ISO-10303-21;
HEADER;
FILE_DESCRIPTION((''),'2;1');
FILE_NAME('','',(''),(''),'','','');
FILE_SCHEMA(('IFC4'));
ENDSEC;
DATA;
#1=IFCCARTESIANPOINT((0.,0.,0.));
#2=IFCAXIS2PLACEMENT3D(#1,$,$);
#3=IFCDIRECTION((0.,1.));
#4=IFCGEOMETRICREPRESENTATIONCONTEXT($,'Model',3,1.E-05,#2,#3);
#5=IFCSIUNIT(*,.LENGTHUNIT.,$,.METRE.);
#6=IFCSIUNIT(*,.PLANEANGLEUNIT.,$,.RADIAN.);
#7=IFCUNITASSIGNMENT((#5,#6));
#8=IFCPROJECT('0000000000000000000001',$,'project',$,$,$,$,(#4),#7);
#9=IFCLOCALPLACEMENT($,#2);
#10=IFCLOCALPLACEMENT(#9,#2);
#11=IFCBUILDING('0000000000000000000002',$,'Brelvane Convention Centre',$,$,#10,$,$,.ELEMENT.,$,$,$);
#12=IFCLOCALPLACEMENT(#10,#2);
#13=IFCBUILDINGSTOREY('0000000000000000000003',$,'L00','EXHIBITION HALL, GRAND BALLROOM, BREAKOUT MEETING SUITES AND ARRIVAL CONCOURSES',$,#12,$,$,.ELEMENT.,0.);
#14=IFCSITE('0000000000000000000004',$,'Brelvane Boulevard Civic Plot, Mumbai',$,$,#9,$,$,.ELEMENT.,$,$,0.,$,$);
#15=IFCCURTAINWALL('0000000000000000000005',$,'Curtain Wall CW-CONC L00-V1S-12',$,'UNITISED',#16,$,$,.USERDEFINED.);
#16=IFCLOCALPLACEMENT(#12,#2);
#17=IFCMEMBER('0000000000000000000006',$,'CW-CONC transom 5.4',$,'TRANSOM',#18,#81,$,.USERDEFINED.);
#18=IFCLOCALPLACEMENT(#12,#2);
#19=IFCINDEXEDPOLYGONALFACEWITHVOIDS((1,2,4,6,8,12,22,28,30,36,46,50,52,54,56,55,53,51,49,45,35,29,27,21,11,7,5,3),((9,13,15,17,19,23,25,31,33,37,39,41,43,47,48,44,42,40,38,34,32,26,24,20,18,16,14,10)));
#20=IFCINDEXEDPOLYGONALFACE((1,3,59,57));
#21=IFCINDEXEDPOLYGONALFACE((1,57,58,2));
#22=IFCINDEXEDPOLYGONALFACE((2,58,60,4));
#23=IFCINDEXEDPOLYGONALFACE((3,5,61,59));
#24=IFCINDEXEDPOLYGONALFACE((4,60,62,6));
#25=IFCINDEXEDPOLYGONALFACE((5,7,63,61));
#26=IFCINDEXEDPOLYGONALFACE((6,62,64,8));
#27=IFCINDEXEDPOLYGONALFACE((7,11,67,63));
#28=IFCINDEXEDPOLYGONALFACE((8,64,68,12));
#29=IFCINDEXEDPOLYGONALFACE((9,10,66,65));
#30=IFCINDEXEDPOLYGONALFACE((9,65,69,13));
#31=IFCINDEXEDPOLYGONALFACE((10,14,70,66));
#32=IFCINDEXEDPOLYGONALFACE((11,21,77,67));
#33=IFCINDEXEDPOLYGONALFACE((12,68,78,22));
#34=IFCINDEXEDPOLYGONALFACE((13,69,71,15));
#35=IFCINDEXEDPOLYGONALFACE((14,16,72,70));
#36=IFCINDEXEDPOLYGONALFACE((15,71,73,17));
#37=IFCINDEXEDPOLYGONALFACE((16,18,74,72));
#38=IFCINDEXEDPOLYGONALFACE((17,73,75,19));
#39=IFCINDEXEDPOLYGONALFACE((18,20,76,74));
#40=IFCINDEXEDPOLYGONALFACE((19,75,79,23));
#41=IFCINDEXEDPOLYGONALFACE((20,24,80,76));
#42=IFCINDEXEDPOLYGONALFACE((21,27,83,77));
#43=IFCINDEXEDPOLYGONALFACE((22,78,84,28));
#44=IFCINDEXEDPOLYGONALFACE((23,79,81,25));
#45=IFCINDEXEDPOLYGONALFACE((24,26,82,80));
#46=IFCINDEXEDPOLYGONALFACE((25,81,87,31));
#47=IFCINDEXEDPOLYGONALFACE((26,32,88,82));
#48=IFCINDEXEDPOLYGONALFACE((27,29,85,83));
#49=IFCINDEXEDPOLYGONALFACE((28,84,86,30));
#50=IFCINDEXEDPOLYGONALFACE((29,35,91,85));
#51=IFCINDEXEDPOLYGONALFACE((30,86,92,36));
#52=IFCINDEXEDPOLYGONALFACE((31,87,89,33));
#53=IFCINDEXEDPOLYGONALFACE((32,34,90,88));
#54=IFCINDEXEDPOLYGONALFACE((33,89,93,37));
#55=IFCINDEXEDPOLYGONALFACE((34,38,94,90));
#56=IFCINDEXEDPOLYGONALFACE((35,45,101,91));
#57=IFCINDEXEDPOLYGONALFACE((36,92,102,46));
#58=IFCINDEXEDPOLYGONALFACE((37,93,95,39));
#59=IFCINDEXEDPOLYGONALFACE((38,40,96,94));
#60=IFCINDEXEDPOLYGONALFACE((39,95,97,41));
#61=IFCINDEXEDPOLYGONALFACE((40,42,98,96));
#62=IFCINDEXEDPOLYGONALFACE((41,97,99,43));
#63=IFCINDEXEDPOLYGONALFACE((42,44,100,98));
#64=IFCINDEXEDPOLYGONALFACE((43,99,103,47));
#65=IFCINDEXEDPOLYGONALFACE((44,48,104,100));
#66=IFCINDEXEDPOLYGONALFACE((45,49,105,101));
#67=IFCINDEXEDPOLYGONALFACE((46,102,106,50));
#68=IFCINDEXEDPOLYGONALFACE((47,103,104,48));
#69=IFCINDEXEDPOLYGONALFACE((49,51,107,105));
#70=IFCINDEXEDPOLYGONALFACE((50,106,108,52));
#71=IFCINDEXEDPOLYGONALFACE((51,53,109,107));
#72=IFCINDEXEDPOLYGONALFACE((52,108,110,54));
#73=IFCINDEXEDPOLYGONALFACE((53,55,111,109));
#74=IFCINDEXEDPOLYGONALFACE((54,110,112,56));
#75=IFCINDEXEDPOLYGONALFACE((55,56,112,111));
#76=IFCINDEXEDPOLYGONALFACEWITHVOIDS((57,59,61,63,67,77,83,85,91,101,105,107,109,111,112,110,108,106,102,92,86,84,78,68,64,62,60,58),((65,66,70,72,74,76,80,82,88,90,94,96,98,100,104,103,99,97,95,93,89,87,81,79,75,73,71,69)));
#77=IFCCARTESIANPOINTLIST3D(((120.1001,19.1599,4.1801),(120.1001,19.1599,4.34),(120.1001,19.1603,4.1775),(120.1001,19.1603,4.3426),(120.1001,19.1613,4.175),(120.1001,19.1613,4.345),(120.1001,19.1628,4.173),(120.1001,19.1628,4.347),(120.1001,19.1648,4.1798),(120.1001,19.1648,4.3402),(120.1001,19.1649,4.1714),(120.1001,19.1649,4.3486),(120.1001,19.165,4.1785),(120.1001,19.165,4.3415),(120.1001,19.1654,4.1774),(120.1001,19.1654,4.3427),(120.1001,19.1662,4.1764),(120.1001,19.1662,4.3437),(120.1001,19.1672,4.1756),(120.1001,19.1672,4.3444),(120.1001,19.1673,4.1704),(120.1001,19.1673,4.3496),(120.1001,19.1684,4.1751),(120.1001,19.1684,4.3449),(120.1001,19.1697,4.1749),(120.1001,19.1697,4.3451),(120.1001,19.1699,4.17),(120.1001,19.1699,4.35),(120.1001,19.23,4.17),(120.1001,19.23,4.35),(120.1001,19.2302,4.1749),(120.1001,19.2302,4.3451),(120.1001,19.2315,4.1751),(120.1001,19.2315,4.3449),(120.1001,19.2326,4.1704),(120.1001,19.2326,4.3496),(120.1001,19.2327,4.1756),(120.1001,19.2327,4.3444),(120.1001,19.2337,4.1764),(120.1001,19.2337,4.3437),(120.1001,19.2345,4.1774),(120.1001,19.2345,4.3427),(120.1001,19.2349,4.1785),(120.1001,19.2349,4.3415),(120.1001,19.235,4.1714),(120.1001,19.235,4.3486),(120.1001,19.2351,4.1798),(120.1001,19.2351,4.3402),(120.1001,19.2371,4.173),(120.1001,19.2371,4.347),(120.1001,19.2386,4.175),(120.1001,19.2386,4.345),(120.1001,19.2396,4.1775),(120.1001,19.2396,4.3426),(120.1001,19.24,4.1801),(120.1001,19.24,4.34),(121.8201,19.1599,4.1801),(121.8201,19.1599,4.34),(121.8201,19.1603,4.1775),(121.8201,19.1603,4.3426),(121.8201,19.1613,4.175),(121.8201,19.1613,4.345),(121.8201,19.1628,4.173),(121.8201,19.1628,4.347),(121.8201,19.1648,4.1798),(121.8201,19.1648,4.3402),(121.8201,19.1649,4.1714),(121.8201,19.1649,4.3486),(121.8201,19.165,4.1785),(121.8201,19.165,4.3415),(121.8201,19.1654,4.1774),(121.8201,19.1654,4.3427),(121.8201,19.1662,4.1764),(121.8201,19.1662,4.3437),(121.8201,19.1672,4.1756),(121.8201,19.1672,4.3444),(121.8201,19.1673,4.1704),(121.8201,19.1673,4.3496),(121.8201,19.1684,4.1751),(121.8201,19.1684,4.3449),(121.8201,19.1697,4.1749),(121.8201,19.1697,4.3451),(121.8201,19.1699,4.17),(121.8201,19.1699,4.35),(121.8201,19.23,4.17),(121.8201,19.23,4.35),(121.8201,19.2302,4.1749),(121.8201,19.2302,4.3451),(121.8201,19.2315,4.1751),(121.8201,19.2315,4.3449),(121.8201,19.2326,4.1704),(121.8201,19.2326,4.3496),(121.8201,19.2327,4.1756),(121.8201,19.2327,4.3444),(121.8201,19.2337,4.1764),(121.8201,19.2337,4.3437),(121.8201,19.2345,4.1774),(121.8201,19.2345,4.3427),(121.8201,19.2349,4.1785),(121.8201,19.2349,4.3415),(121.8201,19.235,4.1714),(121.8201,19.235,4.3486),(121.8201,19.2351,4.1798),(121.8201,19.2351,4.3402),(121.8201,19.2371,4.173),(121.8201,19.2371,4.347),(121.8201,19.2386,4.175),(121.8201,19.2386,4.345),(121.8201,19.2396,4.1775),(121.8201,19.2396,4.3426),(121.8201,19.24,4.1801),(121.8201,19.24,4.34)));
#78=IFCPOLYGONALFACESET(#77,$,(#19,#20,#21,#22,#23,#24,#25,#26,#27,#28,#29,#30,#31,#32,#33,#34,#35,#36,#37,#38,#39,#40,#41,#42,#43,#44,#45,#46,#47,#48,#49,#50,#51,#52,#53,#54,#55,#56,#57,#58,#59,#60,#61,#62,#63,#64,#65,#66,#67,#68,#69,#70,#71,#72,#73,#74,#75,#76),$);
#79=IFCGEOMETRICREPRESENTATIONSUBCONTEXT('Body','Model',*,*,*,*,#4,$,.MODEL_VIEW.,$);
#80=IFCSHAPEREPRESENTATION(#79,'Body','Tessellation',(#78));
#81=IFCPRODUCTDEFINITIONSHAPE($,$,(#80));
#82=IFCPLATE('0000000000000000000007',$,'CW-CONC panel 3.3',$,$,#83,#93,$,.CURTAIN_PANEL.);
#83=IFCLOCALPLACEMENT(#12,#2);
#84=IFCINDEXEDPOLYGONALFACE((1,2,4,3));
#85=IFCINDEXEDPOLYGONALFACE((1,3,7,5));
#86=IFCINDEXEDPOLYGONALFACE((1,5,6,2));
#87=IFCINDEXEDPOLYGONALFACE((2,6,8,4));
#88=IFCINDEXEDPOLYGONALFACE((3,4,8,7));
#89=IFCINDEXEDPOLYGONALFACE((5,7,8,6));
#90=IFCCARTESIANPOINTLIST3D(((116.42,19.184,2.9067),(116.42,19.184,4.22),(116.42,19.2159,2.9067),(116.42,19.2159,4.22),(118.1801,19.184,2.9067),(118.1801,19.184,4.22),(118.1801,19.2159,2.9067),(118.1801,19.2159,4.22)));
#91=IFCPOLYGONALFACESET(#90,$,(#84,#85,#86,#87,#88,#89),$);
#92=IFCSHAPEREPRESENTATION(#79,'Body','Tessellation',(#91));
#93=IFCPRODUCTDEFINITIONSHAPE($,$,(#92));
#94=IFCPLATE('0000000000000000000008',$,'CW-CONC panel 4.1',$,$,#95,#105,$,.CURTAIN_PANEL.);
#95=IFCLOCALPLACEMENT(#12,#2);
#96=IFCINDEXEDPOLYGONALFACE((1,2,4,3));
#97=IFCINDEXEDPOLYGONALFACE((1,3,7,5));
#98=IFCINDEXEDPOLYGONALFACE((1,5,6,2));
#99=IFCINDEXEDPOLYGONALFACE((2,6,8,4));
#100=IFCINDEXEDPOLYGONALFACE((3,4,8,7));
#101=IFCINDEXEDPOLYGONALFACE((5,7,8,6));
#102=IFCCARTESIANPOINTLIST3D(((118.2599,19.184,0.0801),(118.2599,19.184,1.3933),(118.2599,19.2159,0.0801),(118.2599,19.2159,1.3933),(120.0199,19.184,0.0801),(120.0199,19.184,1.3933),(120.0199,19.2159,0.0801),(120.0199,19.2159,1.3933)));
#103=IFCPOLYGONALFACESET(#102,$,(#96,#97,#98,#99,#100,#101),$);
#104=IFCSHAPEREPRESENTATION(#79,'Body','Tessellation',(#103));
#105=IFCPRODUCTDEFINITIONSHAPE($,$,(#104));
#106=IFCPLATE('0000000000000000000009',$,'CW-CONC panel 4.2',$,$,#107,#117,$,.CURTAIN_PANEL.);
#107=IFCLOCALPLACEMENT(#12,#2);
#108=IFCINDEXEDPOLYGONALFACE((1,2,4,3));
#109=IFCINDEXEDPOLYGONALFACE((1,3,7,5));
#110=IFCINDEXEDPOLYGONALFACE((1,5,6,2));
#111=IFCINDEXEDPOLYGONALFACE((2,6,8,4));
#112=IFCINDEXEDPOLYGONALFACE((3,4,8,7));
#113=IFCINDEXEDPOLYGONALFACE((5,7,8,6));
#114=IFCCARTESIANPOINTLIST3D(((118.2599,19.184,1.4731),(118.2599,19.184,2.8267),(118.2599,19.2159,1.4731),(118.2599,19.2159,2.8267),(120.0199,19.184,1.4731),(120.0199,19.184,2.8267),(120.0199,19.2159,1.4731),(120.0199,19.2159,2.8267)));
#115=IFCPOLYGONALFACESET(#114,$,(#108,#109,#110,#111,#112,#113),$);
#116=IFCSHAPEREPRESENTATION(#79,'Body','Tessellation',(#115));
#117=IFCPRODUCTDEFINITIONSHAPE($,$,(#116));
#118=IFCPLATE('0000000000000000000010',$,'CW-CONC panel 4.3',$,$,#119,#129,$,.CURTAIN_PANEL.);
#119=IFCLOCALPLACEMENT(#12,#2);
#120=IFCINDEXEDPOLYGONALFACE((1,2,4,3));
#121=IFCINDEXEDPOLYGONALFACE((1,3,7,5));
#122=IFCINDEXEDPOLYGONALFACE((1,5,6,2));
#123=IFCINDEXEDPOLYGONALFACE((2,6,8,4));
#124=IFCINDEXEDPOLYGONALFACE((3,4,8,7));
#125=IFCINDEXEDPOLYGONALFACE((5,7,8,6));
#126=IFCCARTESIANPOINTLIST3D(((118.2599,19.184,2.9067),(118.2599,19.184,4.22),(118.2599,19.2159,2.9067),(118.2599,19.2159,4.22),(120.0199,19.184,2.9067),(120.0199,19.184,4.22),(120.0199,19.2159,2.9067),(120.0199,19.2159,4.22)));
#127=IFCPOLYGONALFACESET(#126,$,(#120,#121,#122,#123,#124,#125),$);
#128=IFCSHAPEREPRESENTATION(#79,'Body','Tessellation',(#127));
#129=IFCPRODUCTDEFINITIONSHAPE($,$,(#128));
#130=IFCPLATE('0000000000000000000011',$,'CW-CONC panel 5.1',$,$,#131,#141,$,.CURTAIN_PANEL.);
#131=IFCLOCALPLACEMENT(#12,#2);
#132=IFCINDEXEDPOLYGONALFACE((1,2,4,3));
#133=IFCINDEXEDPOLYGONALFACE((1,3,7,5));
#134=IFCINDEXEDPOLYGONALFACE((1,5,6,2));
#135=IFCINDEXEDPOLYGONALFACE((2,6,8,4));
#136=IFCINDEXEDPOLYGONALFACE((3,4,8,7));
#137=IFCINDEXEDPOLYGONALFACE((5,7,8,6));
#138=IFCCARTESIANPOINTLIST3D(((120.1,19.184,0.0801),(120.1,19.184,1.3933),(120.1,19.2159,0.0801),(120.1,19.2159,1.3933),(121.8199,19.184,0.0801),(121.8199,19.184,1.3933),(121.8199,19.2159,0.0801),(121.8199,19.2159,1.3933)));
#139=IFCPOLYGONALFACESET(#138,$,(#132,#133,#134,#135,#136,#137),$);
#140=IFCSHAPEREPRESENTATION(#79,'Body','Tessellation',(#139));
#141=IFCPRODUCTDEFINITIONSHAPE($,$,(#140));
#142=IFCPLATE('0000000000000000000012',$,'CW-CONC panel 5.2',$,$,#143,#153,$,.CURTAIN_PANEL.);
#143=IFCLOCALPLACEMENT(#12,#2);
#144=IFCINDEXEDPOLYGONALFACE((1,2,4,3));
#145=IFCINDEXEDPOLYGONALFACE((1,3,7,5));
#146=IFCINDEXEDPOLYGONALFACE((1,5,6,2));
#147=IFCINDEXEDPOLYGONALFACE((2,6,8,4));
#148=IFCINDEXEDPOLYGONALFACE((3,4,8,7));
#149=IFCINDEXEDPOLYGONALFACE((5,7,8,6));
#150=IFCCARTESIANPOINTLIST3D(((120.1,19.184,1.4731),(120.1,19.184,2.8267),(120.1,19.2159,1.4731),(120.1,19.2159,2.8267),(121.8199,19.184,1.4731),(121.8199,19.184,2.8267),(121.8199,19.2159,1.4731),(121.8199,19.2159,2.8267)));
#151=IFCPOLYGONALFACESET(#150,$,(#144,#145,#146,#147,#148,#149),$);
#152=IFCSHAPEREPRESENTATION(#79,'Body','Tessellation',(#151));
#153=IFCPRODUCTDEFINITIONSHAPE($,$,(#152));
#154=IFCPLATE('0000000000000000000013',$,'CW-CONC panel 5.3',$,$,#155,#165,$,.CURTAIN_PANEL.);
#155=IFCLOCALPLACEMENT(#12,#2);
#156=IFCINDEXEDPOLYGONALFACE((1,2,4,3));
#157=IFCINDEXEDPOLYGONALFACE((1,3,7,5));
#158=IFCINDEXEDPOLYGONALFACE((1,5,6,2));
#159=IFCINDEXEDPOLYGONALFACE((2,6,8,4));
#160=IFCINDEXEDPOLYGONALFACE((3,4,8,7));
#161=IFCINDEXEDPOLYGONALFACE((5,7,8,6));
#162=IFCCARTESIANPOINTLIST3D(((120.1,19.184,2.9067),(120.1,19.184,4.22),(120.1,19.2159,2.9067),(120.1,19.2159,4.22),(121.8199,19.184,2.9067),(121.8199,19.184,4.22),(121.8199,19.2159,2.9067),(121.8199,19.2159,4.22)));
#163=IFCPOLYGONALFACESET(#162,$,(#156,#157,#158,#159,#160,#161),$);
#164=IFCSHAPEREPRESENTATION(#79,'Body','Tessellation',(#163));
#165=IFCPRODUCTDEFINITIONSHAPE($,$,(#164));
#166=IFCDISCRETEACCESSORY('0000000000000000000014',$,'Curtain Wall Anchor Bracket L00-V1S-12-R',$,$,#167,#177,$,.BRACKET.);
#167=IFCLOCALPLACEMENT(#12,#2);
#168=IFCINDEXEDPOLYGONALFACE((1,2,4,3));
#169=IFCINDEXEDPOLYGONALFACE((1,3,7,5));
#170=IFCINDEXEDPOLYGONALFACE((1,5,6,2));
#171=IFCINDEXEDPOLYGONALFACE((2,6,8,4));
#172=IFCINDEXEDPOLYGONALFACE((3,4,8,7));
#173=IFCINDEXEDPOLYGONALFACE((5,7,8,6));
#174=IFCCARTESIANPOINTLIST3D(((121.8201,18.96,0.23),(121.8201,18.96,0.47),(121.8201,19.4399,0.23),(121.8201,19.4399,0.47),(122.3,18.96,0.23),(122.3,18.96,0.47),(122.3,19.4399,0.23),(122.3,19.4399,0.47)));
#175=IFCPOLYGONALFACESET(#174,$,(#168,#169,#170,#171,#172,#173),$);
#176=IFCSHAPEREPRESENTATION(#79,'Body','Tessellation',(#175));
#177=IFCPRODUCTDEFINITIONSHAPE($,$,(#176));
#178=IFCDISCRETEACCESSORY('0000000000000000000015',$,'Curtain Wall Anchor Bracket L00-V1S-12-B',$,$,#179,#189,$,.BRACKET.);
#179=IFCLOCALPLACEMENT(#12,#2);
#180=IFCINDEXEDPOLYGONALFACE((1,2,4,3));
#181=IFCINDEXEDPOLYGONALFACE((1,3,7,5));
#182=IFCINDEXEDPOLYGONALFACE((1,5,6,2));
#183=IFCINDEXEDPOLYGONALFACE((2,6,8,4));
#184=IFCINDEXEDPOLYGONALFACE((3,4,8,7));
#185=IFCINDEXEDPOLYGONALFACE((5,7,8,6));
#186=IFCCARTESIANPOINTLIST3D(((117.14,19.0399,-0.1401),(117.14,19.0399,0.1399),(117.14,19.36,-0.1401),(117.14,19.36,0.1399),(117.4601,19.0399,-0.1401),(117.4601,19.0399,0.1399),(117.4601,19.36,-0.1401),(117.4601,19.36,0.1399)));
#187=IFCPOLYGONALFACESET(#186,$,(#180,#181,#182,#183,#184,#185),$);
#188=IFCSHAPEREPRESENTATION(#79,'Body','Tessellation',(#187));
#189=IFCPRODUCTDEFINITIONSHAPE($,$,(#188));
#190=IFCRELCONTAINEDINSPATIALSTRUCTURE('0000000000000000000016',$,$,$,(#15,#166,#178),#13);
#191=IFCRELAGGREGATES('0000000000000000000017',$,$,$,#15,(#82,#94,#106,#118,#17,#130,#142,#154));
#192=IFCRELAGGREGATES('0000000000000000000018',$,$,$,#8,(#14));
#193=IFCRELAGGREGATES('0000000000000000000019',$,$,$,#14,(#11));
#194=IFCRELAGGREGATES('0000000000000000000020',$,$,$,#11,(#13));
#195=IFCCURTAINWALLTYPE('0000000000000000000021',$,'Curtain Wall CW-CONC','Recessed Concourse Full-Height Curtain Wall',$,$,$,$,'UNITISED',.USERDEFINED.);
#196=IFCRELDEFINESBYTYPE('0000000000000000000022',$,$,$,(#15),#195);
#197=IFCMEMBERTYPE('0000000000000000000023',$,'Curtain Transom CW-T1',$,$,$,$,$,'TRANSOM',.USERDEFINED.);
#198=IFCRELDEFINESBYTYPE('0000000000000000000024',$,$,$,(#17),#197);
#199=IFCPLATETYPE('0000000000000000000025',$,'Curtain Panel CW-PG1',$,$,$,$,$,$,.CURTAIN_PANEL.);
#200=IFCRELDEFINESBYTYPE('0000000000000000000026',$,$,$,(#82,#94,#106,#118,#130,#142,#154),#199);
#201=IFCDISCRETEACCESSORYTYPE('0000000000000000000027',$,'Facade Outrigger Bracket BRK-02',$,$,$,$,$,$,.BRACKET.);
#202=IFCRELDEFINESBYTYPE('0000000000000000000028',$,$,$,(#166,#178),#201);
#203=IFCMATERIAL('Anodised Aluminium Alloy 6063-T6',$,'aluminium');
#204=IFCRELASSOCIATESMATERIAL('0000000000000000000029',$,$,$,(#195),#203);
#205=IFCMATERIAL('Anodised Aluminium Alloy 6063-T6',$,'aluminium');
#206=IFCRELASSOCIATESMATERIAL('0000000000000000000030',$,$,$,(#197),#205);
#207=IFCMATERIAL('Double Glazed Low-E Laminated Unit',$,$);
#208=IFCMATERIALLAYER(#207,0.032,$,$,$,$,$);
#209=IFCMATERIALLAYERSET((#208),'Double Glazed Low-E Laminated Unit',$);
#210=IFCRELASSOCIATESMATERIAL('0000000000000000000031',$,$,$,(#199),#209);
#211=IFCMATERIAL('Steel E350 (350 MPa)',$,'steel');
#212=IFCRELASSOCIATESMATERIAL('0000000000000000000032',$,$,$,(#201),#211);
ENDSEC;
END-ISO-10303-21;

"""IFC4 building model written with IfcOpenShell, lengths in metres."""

from ifc_helpers import new_model, si_unit, direction, frame, origin, origin_2d, place, context, subcontext, project, spatial, rectangle, hollow_rectangle, extrude, material, layer, layer_set, material_profile, profile_set, type_object, element, aggregate, save


model = new_model("IFC4")

# Units and contexts
model_context = context("Model", 3, precision=1e-05, world=origin(), true_north=direction((0.0, 1.0)))
body_context = subcontext(model_context, "Body", "Model", "MODEL_VIEW")
ifc_project = project(units=[si_unit("LENGTHUNIT", "METRE"), si_unit("PLANEANGLEUNIT", "RADIAN")], contexts=[model_context])

# Site, building, storey
site_placement = place(None, origin())
site = spatial("IfcSite", under=ifc_project, at=site_placement, Name="Brelvane Boulevard Civic Plot, Mumbai", CompositionType="ELEMENT", RefElevation=0.0)
building_placement = place(site_placement, origin())
building = spatial("IfcBuilding", under=site, at=building_placement, Name="Brelvane Convention Centre", CompositionType="ELEMENT")
storey_placement = place(building_placement, origin())
storey = spatial("IfcBuildingStorey", under=building, at=storey_placement, Name="L00", Description="EXHIBITION HALL, GRAND BALLROOM, BREAKOUT MEETING SUITES AND ARRIVAL CONCOURSES", CompositionType="ELEMENT", Elevation=0.0)

# Curtain wall, member, plates
ifc_material_1 = material(Name="Anodised Aluminium Alloy 6063-T6", Category="aluminium")
curtain_wall_type = type_object("IfcCurtainWallType", Name="Curtain Wall CW-CONC", Description="Recessed Concourse Full-Height Curtain Wall", ElementType="UNITISED", PredefinedType="USERDEFINED", material=ifc_material_1)
curtain_wall_placement = place(storey_placement, origin())
curtain_wall = element("IfcCurtainWall", 1, at=curtain_wall_placement, inside=storey, type_object=curtain_wall_type, Name="Curtain Wall CW-CONC L00-V1S-12", ObjectType="UNITISED", PredefinedType="USERDEFINED")
ifc_material_2 = material(Name="Anodised Aluminium Alloy 6063-T6", Category="aluminium")
ifc_material_profile_1 = material_profile(ifc_material_2, hollow_rectangle(XDim=0.0801, YDim=0.1799, WallThickness=0.0049, InnerFilletRadius=0.0049, OuterFilletRadius=0.01, at=origin_2d()), Name="ALU-T 180x80x5.0")
ifc_profile_set_1 = profile_set([ifc_material_profile_1], Name="Anodised Aluminium Alloy 6063-T6")
member_type_1 = type_object("IfcMemberType", Name="Curtain Transom CW-T1", ElementType="TRANSOM", PredefinedType="USERDEFINED", material=ifc_profile_set_1)
member_1_placement = place(storey_placement, frame((120.1001, 19.2, 4.26), z_axis=(1.0, 0.0, 0.0), x_axis=(0.0, 1.0, 0.0)))
member_1 = element("IfcMember", 2, at=member_1_placement, type_object=member_type_1, Name="CW-CONC transom 5.4", ObjectType="TRANSOM", PredefinedType="USERDEFINED", context=body_context, shape_type="SweptSolid", body=[
    extrude(hollow_rectangle(XDim=0.0801, YDim=0.1799, WallThickness=0.0049, InnerFilletRadius=0.0049, OuterFilletRadius=0.01, at=origin_2d()), origin(), (0.0, 0.0, 1.0), 1.72),
])
ifc_material_3 = material(Name="Double Glazed Low-E Laminated Unit")
ifc_layer = layer(ifc_material_3, 0.032)
ifc_layer_set = layer_set([ifc_layer], Name="Double Glazed Low-E Laminated Unit")
plate_type = type_object("IfcPlateType", Name="Curtain Panel CW-PG1", PredefinedType="CURTAIN_PANEL", material=ifc_layer_set)
plate_1_placement = place(storey_placement, frame((117.3, 19.2, 2.9067), z_axis=(0.0, 0.0, 1.0), x_axis=(1.0, 0.0, 0.0)))
plate_1 = element("IfcPlate", 3, at=plate_1_placement, type_object=plate_type, Name="CW-CONC panel 3.3", PredefinedType="CURTAIN_PANEL", context=body_context, shape_type="SweptSolid", body=[
    extrude(rectangle(XDim=1.76, YDim=0.032, at=origin_2d()), origin(), (0.0, 0.0, 1.0), 1.3132),
])
plate_2_placement = place(storey_placement, frame((119.1399, 19.2, 0.0801), z_axis=(0.0, 0.0, 1.0), x_axis=(1.0, 0.0, 0.0)))
plate_2 = element("IfcPlate", 4, at=plate_2_placement, type_object=plate_type, Name="CW-CONC panel 4.1", PredefinedType="CURTAIN_PANEL", context=body_context, shape_type="SweptSolid", body=[
    extrude(rectangle(XDim=1.76, YDim=0.032, at=origin_2d()), origin(), (0.0, 0.0, 1.0), 1.3132),
])
plate_3_placement = place(storey_placement, frame((119.1399, 19.2, 1.4731), z_axis=(0.0, 0.0, 1.0), x_axis=(1.0, 0.0, 0.0)))
plate_3 = element("IfcPlate", 5, at=plate_3_placement, type_object=plate_type, Name="CW-CONC panel 4.2", PredefinedType="CURTAIN_PANEL", context=body_context, shape_type="SweptSolid", body=[
    extrude(rectangle(XDim=1.76, YDim=0.032, at=origin_2d()), origin(), (0.0, 0.0, 1.0), 1.3535),
])
plate_4_placement = place(storey_placement, frame((119.1399, 19.2, 2.9067), z_axis=(0.0, 0.0, 1.0), x_axis=(1.0, 0.0, 0.0)))
plate_4 = element("IfcPlate", 6, at=plate_4_placement, type_object=plate_type, Name="CW-CONC panel 4.3", PredefinedType="CURTAIN_PANEL", context=body_context, shape_type="SweptSolid", body=[
    extrude(rectangle(XDim=1.76, YDim=0.032, at=origin_2d()), origin(), (0.0, 0.0, 1.0), 1.3132),
])
plate_5_placement = place(storey_placement, frame((120.96, 19.2, 0.0801), z_axis=(0.0, 0.0, 1.0), x_axis=(1.0, 0.0, 0.0)))
plate_5 = element("IfcPlate", 7, at=plate_5_placement, type_object=plate_type, Name="CW-CONC panel 5.1", PredefinedType="CURTAIN_PANEL", context=body_context, shape_type="SweptSolid", body=[
    extrude(rectangle(XDim=1.72, YDim=0.032, at=origin_2d()), origin(), (0.0, 0.0, 1.0), 1.3132),
])
plate_6_placement = place(storey_placement, frame((120.96, 19.2, 1.4731), z_axis=(0.0, 0.0, 1.0), x_axis=(1.0, 0.0, 0.0)))
plate_6 = element("IfcPlate", 8, at=plate_6_placement, type_object=plate_type, Name="CW-CONC panel 5.2", PredefinedType="CURTAIN_PANEL", context=body_context, shape_type="SweptSolid", body=[
    extrude(rectangle(XDim=1.72, YDim=0.032, at=origin_2d()), origin(), (0.0, 0.0, 1.0), 1.3535),
])
plate_7_placement = place(storey_placement, frame((120.96, 19.2, 2.9067), z_axis=(0.0, 0.0, 1.0), x_axis=(1.0, 0.0, 0.0)))
plate_7 = element("IfcPlate", 9, at=plate_7_placement, type_object=plate_type, Name="CW-CONC panel 5.3", PredefinedType="CURTAIN_PANEL", context=body_context, shape_type="SweptSolid", body=[
    extrude(rectangle(XDim=1.72, YDim=0.032, at=origin_2d()), origin(), (0.0, 0.0, 1.0), 1.3132),
])
aggregate(curtain_wall, [plate_1, plate_2, plate_3, plate_4, member_1, plate_5, plate_6, plate_7])

# Discrete accessories
ifc_material_4 = material(Name="Steel E350 (350 MPa)", Category="steel")
discrete_accessory_type = type_object("IfcDiscreteAccessoryType", Name="Facade Outrigger Bracket BRK-02", PredefinedType="BRACKET", material=ifc_material_4)
discrete_accessory_1_placement = place(storey_placement, frame((122.0601, 19.2, 0.23), z_axis=(0.0, 0.0, 1.0), x_axis=(1.0, 0.0, 0.0)))
element("IfcDiscreteAccessory", 10, at=discrete_accessory_1_placement, inside=storey, type_object=discrete_accessory_type, Name="Curtain Wall Anchor Bracket L00-V1S-12-R", PredefinedType="BRACKET", context=body_context, shape_type="SweptSolid", body=[
    extrude(rectangle(XDim=0.48, YDim=0.48, at=origin_2d()), origin(), (0.0, 0.0, 1.0), 0.24),
])
discrete_accessory_2_placement = place(storey_placement, frame((117.3, 19.2, -0.1401), z_axis=(0.0, 0.0, 1.0), x_axis=(1.0, 0.0, 0.0)))
element("IfcDiscreteAccessory", 11, at=discrete_accessory_2_placement, inside=storey, type_object=discrete_accessory_type, Name="Curtain Wall Anchor Bracket L00-V1S-12-B", PredefinedType="BRACKET", context=body_context, shape_type="SweptSolid", body=[
    extrude(rectangle(XDim=0.3201, YDim=0.3201, at=origin_2d()), origin(), (0.0, 0.0, 1.0), 0.28),
])

save(model, "model.ifc")
